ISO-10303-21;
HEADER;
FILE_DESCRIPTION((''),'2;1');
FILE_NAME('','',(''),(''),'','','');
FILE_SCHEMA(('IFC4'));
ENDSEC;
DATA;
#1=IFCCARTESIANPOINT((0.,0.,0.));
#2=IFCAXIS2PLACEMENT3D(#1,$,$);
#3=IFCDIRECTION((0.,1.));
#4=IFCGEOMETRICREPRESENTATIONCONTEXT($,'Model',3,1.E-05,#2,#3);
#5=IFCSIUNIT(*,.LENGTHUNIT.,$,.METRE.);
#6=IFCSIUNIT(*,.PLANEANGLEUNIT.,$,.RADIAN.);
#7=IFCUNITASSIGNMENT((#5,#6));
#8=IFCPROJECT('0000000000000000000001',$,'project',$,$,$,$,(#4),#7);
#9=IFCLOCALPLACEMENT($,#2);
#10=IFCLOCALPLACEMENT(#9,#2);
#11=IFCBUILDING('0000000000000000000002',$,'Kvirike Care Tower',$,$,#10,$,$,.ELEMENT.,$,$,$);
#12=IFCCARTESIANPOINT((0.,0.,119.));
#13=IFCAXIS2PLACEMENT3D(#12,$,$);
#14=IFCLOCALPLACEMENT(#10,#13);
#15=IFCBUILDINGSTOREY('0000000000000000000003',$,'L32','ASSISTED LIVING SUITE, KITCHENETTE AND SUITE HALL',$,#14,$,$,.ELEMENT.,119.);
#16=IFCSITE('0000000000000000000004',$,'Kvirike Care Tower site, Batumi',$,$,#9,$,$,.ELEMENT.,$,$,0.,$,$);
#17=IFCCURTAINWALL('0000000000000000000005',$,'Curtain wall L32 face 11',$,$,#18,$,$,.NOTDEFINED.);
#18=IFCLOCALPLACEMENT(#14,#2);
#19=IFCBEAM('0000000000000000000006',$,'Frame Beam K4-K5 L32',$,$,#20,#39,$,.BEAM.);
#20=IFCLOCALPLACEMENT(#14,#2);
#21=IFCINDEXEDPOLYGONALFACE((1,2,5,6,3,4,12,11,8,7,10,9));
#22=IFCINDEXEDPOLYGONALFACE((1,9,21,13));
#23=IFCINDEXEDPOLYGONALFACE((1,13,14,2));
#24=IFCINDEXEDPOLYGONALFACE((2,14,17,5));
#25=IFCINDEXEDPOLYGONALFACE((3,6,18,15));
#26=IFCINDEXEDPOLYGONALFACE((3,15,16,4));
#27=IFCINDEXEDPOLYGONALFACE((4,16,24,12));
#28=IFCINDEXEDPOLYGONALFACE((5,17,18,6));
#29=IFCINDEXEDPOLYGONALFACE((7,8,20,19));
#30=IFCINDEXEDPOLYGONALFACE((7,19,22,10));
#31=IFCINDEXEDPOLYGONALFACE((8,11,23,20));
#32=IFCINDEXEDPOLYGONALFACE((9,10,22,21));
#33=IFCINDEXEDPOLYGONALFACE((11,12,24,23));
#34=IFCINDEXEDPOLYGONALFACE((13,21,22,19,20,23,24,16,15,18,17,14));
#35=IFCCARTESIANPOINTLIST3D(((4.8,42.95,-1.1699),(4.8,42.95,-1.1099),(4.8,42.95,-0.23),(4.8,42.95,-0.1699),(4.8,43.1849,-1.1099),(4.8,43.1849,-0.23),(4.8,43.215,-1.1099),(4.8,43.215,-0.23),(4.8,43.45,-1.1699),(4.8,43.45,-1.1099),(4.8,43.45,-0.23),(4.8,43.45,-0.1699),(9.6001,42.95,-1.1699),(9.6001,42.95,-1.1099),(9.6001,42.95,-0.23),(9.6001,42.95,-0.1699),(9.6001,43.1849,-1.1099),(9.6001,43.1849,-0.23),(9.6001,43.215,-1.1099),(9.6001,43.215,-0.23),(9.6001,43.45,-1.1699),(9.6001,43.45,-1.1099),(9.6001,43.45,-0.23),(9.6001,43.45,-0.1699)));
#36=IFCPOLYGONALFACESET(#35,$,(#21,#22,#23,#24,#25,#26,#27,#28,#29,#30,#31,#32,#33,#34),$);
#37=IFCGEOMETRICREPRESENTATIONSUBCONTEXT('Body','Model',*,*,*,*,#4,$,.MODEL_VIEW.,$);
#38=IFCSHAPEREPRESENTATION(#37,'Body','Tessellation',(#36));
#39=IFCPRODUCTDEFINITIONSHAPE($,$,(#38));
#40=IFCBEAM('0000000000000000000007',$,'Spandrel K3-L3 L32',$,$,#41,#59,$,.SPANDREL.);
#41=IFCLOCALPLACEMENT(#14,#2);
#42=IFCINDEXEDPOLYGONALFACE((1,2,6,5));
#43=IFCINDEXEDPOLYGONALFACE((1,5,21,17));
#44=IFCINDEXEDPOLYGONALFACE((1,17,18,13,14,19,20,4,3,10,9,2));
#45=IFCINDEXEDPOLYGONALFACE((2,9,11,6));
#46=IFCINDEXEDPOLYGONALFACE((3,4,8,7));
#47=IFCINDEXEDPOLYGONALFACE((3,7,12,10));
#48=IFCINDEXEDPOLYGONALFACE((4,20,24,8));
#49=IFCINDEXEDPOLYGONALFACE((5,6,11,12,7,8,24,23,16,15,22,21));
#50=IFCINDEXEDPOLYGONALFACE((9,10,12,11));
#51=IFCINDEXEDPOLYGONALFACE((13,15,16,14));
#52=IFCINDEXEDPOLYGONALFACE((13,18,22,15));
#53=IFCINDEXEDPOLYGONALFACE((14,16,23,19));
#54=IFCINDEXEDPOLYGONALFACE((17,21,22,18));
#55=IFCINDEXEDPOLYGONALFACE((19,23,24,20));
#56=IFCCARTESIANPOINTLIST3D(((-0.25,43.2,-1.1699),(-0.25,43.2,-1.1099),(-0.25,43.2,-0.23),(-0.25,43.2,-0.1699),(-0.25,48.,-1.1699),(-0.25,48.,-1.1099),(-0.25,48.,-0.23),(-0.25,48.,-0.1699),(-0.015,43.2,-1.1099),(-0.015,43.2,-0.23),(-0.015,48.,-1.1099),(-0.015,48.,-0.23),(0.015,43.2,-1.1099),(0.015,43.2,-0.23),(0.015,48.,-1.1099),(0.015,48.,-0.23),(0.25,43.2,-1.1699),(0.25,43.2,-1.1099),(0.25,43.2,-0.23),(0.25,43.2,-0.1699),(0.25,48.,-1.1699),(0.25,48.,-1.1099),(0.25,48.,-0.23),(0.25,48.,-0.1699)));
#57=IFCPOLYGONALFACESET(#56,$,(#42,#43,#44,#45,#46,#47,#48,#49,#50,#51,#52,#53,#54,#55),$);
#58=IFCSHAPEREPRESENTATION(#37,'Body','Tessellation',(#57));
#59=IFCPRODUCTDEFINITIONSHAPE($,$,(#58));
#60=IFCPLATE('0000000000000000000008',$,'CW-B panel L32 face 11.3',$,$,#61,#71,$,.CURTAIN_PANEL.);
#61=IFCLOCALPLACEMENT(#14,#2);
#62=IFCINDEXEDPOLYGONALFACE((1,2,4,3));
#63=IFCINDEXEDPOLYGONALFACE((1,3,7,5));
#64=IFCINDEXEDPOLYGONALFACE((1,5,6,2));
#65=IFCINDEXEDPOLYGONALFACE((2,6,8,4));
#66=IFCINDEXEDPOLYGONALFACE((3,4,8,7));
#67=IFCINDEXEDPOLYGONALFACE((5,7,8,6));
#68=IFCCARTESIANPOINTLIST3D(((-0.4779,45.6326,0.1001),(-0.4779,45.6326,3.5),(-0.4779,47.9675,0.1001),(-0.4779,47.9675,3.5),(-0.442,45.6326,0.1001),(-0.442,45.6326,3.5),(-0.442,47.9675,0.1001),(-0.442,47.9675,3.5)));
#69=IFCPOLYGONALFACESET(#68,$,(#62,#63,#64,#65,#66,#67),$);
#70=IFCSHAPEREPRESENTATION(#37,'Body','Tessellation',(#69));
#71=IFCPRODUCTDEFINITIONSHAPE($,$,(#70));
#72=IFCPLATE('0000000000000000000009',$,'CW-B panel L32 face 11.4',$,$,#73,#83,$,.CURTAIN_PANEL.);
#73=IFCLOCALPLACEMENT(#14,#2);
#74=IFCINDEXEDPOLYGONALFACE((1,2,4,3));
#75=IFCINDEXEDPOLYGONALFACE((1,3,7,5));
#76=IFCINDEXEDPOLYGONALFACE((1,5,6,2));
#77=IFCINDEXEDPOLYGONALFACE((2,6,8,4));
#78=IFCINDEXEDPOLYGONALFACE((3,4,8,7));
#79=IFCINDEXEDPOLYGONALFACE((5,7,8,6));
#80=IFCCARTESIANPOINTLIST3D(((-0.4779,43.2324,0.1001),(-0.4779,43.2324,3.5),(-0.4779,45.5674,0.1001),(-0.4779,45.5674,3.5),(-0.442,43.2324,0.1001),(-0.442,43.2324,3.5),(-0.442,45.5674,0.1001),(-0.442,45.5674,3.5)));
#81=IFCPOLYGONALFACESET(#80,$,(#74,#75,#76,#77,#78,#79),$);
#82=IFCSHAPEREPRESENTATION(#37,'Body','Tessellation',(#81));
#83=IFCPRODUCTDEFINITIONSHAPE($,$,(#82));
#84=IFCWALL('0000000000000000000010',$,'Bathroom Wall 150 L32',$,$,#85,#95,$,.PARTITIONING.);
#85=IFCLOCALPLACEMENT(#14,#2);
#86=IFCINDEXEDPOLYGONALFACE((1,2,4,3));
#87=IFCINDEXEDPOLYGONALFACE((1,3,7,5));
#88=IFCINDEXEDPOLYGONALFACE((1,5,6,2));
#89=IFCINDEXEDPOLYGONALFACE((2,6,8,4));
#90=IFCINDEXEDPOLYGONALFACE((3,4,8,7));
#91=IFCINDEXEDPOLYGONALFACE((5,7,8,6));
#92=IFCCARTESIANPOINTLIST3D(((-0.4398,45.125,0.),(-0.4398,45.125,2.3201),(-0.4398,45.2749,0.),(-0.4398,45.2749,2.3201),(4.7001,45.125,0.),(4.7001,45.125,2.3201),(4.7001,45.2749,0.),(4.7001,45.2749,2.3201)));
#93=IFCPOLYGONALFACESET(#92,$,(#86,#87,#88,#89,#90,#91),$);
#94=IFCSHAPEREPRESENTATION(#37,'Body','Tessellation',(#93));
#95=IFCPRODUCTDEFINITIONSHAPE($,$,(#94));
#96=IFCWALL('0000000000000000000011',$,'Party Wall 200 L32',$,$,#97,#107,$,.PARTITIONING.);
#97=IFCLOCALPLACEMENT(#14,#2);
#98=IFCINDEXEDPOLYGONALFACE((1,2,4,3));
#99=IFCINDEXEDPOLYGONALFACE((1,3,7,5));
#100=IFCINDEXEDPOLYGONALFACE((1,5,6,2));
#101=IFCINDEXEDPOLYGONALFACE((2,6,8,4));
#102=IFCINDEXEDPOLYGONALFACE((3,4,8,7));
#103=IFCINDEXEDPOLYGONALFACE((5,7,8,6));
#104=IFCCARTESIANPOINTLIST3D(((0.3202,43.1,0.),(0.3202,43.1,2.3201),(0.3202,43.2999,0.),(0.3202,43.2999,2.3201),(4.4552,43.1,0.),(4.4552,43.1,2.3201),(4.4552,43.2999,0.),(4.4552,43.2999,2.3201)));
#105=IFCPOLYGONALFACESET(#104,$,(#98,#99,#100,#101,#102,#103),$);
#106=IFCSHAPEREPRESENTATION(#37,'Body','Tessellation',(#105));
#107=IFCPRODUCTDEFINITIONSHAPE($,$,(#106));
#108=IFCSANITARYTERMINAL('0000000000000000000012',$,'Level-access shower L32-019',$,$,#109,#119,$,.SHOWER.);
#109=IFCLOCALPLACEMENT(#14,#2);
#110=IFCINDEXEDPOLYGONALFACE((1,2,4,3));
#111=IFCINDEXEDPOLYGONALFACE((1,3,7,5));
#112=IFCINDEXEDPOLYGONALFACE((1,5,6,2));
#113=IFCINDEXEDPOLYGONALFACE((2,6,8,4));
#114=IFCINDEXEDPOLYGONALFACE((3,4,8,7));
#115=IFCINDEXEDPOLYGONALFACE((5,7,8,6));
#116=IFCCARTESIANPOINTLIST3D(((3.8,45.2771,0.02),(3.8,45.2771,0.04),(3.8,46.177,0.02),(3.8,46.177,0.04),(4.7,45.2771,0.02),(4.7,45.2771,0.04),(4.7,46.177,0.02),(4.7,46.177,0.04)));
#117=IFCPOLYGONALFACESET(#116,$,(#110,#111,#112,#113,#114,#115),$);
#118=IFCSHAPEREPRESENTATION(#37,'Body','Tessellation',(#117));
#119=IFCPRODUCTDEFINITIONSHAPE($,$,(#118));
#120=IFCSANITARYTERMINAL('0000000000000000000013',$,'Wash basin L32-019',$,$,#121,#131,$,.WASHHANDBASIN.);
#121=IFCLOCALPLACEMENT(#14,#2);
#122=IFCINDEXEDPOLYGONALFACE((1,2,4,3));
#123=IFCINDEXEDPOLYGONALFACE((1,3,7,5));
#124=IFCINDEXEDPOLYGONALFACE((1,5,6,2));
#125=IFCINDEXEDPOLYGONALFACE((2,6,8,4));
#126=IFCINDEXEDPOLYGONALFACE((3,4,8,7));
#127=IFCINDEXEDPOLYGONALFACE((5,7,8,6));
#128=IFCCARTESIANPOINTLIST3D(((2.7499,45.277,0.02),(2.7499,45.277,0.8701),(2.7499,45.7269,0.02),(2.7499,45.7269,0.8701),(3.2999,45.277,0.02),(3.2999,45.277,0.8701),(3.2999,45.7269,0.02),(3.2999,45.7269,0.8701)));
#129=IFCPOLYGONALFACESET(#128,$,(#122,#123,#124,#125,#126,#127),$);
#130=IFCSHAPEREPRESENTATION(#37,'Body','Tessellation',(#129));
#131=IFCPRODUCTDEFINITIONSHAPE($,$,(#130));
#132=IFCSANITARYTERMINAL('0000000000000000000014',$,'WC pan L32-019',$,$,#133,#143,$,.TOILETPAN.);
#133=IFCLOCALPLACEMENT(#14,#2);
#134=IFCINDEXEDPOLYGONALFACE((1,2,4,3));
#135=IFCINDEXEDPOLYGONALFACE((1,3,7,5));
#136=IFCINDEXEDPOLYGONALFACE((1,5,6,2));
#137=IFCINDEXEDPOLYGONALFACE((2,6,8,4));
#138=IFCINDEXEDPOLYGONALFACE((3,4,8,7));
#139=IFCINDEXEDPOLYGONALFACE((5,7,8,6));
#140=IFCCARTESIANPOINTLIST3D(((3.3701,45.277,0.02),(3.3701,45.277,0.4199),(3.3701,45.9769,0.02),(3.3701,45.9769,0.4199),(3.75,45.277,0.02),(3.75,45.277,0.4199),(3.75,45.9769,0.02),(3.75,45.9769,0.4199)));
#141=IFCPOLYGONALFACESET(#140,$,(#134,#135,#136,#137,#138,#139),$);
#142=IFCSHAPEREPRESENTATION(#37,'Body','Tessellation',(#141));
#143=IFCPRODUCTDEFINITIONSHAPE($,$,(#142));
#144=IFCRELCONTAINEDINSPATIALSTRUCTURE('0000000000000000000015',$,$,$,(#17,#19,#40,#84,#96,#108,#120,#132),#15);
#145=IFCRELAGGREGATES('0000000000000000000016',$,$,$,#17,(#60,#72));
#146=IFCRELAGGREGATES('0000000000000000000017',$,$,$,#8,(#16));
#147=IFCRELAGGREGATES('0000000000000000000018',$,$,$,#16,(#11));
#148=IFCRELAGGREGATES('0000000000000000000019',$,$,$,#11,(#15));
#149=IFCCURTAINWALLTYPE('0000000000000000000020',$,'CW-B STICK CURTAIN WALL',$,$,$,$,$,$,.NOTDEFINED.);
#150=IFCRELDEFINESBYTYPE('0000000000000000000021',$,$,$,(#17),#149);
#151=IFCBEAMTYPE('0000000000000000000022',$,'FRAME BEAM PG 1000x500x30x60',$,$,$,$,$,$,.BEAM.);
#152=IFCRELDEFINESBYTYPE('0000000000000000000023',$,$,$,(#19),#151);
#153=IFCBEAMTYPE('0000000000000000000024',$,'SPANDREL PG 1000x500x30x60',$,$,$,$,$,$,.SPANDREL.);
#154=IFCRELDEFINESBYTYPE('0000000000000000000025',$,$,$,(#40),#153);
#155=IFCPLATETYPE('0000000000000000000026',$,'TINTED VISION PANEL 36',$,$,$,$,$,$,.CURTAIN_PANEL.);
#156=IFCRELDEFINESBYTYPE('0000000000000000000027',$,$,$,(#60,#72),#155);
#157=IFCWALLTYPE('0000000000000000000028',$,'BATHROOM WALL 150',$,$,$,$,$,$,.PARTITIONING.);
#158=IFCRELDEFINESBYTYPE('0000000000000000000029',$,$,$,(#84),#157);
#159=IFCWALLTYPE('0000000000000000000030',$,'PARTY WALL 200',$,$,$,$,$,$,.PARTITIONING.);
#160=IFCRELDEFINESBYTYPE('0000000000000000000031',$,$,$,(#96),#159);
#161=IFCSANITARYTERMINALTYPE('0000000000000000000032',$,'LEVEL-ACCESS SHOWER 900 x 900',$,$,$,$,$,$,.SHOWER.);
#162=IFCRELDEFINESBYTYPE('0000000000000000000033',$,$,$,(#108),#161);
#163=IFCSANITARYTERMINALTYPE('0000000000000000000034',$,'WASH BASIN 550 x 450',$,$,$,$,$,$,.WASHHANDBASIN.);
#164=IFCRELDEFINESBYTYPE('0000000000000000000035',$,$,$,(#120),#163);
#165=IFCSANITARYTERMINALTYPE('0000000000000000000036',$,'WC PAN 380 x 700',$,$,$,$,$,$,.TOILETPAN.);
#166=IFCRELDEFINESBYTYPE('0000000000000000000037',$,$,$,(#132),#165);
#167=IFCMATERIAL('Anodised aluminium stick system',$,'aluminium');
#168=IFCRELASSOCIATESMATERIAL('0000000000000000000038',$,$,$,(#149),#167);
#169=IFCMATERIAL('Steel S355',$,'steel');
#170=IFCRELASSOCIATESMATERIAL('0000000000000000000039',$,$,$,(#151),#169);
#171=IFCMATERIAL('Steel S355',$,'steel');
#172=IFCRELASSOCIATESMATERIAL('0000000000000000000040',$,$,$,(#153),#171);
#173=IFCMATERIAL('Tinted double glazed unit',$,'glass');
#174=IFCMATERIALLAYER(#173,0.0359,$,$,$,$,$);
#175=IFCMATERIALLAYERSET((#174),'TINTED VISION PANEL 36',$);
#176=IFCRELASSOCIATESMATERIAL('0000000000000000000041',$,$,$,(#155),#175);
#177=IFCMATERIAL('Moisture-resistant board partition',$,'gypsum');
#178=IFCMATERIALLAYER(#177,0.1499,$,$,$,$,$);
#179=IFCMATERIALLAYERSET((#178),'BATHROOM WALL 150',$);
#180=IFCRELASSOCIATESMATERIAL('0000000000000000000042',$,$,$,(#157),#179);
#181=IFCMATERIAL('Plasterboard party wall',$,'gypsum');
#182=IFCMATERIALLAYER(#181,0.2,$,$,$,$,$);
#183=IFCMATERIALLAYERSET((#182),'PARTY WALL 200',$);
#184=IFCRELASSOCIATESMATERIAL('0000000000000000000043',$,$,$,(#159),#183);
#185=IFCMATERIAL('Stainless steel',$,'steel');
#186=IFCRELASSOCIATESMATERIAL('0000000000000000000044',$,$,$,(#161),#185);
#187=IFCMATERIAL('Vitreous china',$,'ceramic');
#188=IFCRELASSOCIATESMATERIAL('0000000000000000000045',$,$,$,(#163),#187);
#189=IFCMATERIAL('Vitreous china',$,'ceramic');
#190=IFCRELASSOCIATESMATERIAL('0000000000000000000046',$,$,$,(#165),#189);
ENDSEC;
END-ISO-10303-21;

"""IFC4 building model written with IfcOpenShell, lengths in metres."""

from ifc_helpers import new_model, si_unit, direction, frame, frame_2d, origin, origin_2d, place, context, subcontext, project, spatial, rectangle, i_section, extrude, material, layer, layer_set, material_profile, profile_set, type_object, element, aggregate, save


model = new_model("IFC4")

# Units and contexts
model_context = context("Model", 3, precision=1e-05, world=origin(), true_north=direction((0.0, 1.0)))
body_context = subcontext(model_context, "Body", "Model", "MODEL_VIEW")
ifc_project = project(units=[si_unit("LENGTHUNIT", "METRE"), si_unit("PLANEANGLEUNIT", "RADIAN")], contexts=[model_context])

# Site, building, storey
site_placement = place(None, origin())
site = spatial("IfcSite", under=ifc_project, at=site_placement, Name="Kvirike Care Tower site, Batumi", CompositionType="ELEMENT", RefElevation=0.0)
building_placement = place(site_placement, origin())
building = spatial("IfcBuilding", under=site, at=building_placement, Name="Kvirike Care Tower", CompositionType="ELEMENT")
storey_placement = place(building_placement, frame((0.0, 0.0, 119.0)))
storey = spatial("IfcBuildingStorey", under=building, at=storey_placement, Name="L32", Description="ASSISTED LIVING SUITE, KITCHENETTE AND SUITE HALL", CompositionType="ELEMENT", Elevation=119.0)

# Curtain wall
ifc_material_1 = material(Name="Anodised aluminium stick system", Category="aluminium")
curtain_wall_type = type_object("IfcCurtainWallType", Name="CW-B STICK CURTAIN WALL", PredefinedType="NOTDEFINED", material=ifc_material_1)
curtain_wall_placement = place(storey_placement, origin())
curtain_wall = element("IfcCurtainWall", 1, at=curtain_wall_placement, inside=storey, type_object=curtain_wall_type, Name="Curtain wall L32 face 11", PredefinedType="NOTDEFINED")

# Beams
ifc_material_2 = material(Name="Steel S355", Category="steel")
ifc_material_profile_1 = material_profile(ifc_material_2, i_section(OverallWidth=0.5, OverallDepth=1.0, WebThickness=0.03, FlangeThickness=0.0601, at=origin_2d()), Name="PG 1000x500x30x60")
ifc_profile_set_1 = profile_set([ifc_material_profile_1], Name="Steel S355")
beam_type_1 = type_object("IfcBeamType", Name="FRAME BEAM PG 1000x500x30x60", PredefinedType="BEAM", material=ifc_profile_set_1)
for number, where, z_axis, x_axis, name in (
    (2, (4.8, 43.2, -0.6699), (1.0, 0.0, 0.0), (0.0, 1.0, 0.0), "Frame Beam K4-K5 L32"),
):
    element("IfcBeam", number, at=place(storey_placement, frame(where, z_axis=z_axis, x_axis=x_axis)), inside=storey, type_object=beam_type_1, Name=name, PredefinedType="BEAM", context=body_context, shape_type="SweptSolid", body=[
        extrude(i_section(OverallWidth=0.5, OverallDepth=1.0, WebThickness=0.03, FlangeThickness=0.0601, at=origin_2d()), origin(), (0.0, 0.0, 1.0), 4.8),
    ])
ifc_material_3 = material(Name="Steel S355", Category="steel")
ifc_material_profile_2 = material_profile(ifc_material_3, i_section(OverallWidth=0.5, OverallDepth=1.0, WebThickness=0.03, FlangeThickness=0.0601, at=origin_2d()), Name="PG 1000x500x30x60")
ifc_profile_set_2 = profile_set([ifc_material_profile_2], Name="Steel S355")
beam_type_2 = type_object("IfcBeamType", Name="SPANDREL PG 1000x500x30x60", PredefinedType="SPANDREL", material=ifc_profile_set_2)
beam_placement = place(storey_placement, frame((0.0, 43.2, -0.6699), z_axis=(0.0, 1.0, 0.0), x_axis=(-1.0, 0.0, 0.0)))
element("IfcBeam", 3, at=beam_placement, inside=storey, type_object=beam_type_2, Name="Spandrel K3-L3 L32", PredefinedType="SPANDREL", context=body_context, shape_type="SweptSolid", body=[
    extrude(i_section(OverallWidth=0.5, OverallDepth=1.0, WebThickness=0.03, FlangeThickness=0.0601, at=origin_2d()), origin(), (0.0, 0.0, 1.0), 4.8),
])

# Plates
ifc_material_4 = material(Name="Tinted double glazed unit", Category="glass")
ifc_layer_1 = layer(ifc_material_4, 0.0359)
ifc_layer_set_1 = layer_set([ifc_layer_1], Name="TINTED VISION PANEL 36")
plate_type = type_object("IfcPlateType", Name="TINTED VISION PANEL 36", PredefinedType="CURTAIN_PANEL", material=ifc_layer_set_1)
plate_1_placement = place(storey_placement, frame((-0.46, 46.8, 0.1001), z_axis=(0.0, 0.0, 1.0), x_axis=(0.0, -1.0, 0.0)))
plate_1 = element("IfcPlate", 4, at=plate_1_placement, type_object=plate_type, Name="CW-B panel L32 face 11.3", PredefinedType="CURTAIN_PANEL", context=body_context, shape_type="SweptSolid", body=[
    extrude(rectangle(XDim=2.335, YDim=0.0359, at=origin_2d()), origin(), (0.0, 0.0, 1.0), 3.3999),
])
plate_2_placement = place(storey_placement, frame((-0.46, 44.3999, 0.1001), z_axis=(0.0, 0.0, 1.0), x_axis=(0.0, -1.0, 0.0)))
plate_2 = element("IfcPlate", 5, at=plate_2_placement, type_object=plate_type, Name="CW-B panel L32 face 11.4", PredefinedType="CURTAIN_PANEL", context=body_context, shape_type="SweptSolid", body=[
    extrude(rectangle(XDim=2.335, YDim=0.0359, at=origin_2d()), origin(), (0.0, 0.0, 1.0), 3.3999),
])
aggregate(curtain_wall, [plate_1, plate_2])

# Walls
ifc_material_5 = material(Name="Moisture-resistant board partition", Category="gypsum")
ifc_layer_2 = layer(ifc_material_5, 0.1499)
ifc_layer_set_2 = layer_set([ifc_layer_2], Name="BATHROOM WALL 150")
wall_type_1 = type_object("IfcWallType", Name="BATHROOM WALL 150", PredefinedType="PARTITIONING", material=ifc_layer_set_2)
wall_1_placement = place(storey_placement, frame((4.7, 45.2, 0.0), z_axis=(0.0, 0.0, 1.0), x_axis=(-1.0, 0.0, 0.0)))
element("IfcWall", 6, at=wall_1_placement, inside=storey, type_object=wall_type_1, Name="Bathroom Wall 150 L32", PredefinedType="PARTITIONING", context=body_context, shape_type="SweptSolid", body=[
    extrude(rectangle(XDim=5.1399, YDim=0.1499, at=frame_2d((2.5698, 0.0))), origin(), (0.0, 0.0, 1.0), 2.3201),
])
ifc_material_6 = material(Name="Plasterboard party wall", Category="gypsum")
ifc_layer_3 = layer(ifc_material_6, 0.2)
ifc_layer_set_3 = layer_set([ifc_layer_3], Name="PARTY WALL 200")
wall_type_2 = type_object("IfcWallType", Name="PARTY WALL 200", PredefinedType="PARTITIONING", material=ifc_layer_set_3)
wall_2_placement = place(storey_placement, frame((4.4551, 43.2, 0.0), z_axis=(0.0, 0.0, 1.0), x_axis=(-1.0, 0.0, 0.0)))
element("IfcWall", 7, at=wall_2_placement, inside=storey, type_object=wall_type_2, Name="Party Wall 200 L32", PredefinedType="PARTITIONING", context=body_context, shape_type="SweptSolid", body=[
    extrude(rectangle(XDim=4.135, YDim=0.2, at=frame_2d((2.0674, 0.0))), origin(), (0.0, 0.0, 1.0), 2.3201),
])

# Sanitary terminals
ifc_material_7 = material(Name="Stainless steel", Category="steel")
sanitary_terminal_type_1 = type_object("IfcSanitaryTerminalType", Name="LEVEL-ACCESS SHOWER 900 x 900", PredefinedType="SHOWER", material=ifc_material_7)
sanitary_terminal_1_placement = place(storey_placement, frame((4.25, 45.7271, 0.02), z_axis=(0.0, 0.0, 1.0), x_axis=(-1.0, 0.0, 0.0)))
element("IfcSanitaryTerminal", 8, at=sanitary_terminal_1_placement, inside=storey, type_object=sanitary_terminal_type_1, Name="Level-access shower L32-019", PredefinedType="SHOWER", context=body_context, shape_type="SweptSolid", body=[
    extrude(rectangle(XDim=0.8999, YDim=0.8999, at=origin_2d()), origin(), (0.0, 0.0, 1.0), 0.02),
])
ifc_material_8 = material(Name="Vitreous china", Category="ceramic")
sanitary_terminal_type_2 = type_object("IfcSanitaryTerminalType", Name="WASH BASIN 550 x 450", PredefinedType="WASHHANDBASIN", material=ifc_material_8)
sanitary_terminal_2_placement = place(storey_placement, frame((3.0249, 45.502, 0.02), z_axis=(0.0, 0.0, 1.0), x_axis=(-1.0, 0.0, 0.0)))
element("IfcSanitaryTerminal", 9, at=sanitary_terminal_2_placement, inside=storey, type_object=sanitary_terminal_type_2, Name="Wash basin L32-019", PredefinedType="WASHHANDBASIN", context=body_context, shape_type="SweptSolid", body=[
    extrude(rectangle(XDim=0.55, YDim=0.45, at=origin_2d()), origin(), (0.0, 0.0, 1.0), 0.8501),
])
ifc_material_9 = material(Name="Vitreous china", Category="ceramic")
sanitary_terminal_type_3 = type_object("IfcSanitaryTerminalType", Name="WC PAN 380 x 700", PredefinedType="TOILETPAN", material=ifc_material_9)
sanitary_terminal_3_placement = place(storey_placement, frame((3.5601, 45.627, 0.02), z_axis=(0.0, 0.0, 1.0), x_axis=(-1.0, 0.0, 0.0)))
element("IfcSanitaryTerminal", 10, at=sanitary_terminal_3_placement, inside=storey, type_object=sanitary_terminal_type_3, Name="WC pan L32-019", PredefinedType="TOILETPAN", context=body_context, shape_type="SweptSolid", body=[
    extrude(rectangle(XDim=0.3799, YDim=0.7, at=origin_2d()), origin(), (0.0, 0.0, 1.0), 0.3999),
])

save(model, "model.ifc")
